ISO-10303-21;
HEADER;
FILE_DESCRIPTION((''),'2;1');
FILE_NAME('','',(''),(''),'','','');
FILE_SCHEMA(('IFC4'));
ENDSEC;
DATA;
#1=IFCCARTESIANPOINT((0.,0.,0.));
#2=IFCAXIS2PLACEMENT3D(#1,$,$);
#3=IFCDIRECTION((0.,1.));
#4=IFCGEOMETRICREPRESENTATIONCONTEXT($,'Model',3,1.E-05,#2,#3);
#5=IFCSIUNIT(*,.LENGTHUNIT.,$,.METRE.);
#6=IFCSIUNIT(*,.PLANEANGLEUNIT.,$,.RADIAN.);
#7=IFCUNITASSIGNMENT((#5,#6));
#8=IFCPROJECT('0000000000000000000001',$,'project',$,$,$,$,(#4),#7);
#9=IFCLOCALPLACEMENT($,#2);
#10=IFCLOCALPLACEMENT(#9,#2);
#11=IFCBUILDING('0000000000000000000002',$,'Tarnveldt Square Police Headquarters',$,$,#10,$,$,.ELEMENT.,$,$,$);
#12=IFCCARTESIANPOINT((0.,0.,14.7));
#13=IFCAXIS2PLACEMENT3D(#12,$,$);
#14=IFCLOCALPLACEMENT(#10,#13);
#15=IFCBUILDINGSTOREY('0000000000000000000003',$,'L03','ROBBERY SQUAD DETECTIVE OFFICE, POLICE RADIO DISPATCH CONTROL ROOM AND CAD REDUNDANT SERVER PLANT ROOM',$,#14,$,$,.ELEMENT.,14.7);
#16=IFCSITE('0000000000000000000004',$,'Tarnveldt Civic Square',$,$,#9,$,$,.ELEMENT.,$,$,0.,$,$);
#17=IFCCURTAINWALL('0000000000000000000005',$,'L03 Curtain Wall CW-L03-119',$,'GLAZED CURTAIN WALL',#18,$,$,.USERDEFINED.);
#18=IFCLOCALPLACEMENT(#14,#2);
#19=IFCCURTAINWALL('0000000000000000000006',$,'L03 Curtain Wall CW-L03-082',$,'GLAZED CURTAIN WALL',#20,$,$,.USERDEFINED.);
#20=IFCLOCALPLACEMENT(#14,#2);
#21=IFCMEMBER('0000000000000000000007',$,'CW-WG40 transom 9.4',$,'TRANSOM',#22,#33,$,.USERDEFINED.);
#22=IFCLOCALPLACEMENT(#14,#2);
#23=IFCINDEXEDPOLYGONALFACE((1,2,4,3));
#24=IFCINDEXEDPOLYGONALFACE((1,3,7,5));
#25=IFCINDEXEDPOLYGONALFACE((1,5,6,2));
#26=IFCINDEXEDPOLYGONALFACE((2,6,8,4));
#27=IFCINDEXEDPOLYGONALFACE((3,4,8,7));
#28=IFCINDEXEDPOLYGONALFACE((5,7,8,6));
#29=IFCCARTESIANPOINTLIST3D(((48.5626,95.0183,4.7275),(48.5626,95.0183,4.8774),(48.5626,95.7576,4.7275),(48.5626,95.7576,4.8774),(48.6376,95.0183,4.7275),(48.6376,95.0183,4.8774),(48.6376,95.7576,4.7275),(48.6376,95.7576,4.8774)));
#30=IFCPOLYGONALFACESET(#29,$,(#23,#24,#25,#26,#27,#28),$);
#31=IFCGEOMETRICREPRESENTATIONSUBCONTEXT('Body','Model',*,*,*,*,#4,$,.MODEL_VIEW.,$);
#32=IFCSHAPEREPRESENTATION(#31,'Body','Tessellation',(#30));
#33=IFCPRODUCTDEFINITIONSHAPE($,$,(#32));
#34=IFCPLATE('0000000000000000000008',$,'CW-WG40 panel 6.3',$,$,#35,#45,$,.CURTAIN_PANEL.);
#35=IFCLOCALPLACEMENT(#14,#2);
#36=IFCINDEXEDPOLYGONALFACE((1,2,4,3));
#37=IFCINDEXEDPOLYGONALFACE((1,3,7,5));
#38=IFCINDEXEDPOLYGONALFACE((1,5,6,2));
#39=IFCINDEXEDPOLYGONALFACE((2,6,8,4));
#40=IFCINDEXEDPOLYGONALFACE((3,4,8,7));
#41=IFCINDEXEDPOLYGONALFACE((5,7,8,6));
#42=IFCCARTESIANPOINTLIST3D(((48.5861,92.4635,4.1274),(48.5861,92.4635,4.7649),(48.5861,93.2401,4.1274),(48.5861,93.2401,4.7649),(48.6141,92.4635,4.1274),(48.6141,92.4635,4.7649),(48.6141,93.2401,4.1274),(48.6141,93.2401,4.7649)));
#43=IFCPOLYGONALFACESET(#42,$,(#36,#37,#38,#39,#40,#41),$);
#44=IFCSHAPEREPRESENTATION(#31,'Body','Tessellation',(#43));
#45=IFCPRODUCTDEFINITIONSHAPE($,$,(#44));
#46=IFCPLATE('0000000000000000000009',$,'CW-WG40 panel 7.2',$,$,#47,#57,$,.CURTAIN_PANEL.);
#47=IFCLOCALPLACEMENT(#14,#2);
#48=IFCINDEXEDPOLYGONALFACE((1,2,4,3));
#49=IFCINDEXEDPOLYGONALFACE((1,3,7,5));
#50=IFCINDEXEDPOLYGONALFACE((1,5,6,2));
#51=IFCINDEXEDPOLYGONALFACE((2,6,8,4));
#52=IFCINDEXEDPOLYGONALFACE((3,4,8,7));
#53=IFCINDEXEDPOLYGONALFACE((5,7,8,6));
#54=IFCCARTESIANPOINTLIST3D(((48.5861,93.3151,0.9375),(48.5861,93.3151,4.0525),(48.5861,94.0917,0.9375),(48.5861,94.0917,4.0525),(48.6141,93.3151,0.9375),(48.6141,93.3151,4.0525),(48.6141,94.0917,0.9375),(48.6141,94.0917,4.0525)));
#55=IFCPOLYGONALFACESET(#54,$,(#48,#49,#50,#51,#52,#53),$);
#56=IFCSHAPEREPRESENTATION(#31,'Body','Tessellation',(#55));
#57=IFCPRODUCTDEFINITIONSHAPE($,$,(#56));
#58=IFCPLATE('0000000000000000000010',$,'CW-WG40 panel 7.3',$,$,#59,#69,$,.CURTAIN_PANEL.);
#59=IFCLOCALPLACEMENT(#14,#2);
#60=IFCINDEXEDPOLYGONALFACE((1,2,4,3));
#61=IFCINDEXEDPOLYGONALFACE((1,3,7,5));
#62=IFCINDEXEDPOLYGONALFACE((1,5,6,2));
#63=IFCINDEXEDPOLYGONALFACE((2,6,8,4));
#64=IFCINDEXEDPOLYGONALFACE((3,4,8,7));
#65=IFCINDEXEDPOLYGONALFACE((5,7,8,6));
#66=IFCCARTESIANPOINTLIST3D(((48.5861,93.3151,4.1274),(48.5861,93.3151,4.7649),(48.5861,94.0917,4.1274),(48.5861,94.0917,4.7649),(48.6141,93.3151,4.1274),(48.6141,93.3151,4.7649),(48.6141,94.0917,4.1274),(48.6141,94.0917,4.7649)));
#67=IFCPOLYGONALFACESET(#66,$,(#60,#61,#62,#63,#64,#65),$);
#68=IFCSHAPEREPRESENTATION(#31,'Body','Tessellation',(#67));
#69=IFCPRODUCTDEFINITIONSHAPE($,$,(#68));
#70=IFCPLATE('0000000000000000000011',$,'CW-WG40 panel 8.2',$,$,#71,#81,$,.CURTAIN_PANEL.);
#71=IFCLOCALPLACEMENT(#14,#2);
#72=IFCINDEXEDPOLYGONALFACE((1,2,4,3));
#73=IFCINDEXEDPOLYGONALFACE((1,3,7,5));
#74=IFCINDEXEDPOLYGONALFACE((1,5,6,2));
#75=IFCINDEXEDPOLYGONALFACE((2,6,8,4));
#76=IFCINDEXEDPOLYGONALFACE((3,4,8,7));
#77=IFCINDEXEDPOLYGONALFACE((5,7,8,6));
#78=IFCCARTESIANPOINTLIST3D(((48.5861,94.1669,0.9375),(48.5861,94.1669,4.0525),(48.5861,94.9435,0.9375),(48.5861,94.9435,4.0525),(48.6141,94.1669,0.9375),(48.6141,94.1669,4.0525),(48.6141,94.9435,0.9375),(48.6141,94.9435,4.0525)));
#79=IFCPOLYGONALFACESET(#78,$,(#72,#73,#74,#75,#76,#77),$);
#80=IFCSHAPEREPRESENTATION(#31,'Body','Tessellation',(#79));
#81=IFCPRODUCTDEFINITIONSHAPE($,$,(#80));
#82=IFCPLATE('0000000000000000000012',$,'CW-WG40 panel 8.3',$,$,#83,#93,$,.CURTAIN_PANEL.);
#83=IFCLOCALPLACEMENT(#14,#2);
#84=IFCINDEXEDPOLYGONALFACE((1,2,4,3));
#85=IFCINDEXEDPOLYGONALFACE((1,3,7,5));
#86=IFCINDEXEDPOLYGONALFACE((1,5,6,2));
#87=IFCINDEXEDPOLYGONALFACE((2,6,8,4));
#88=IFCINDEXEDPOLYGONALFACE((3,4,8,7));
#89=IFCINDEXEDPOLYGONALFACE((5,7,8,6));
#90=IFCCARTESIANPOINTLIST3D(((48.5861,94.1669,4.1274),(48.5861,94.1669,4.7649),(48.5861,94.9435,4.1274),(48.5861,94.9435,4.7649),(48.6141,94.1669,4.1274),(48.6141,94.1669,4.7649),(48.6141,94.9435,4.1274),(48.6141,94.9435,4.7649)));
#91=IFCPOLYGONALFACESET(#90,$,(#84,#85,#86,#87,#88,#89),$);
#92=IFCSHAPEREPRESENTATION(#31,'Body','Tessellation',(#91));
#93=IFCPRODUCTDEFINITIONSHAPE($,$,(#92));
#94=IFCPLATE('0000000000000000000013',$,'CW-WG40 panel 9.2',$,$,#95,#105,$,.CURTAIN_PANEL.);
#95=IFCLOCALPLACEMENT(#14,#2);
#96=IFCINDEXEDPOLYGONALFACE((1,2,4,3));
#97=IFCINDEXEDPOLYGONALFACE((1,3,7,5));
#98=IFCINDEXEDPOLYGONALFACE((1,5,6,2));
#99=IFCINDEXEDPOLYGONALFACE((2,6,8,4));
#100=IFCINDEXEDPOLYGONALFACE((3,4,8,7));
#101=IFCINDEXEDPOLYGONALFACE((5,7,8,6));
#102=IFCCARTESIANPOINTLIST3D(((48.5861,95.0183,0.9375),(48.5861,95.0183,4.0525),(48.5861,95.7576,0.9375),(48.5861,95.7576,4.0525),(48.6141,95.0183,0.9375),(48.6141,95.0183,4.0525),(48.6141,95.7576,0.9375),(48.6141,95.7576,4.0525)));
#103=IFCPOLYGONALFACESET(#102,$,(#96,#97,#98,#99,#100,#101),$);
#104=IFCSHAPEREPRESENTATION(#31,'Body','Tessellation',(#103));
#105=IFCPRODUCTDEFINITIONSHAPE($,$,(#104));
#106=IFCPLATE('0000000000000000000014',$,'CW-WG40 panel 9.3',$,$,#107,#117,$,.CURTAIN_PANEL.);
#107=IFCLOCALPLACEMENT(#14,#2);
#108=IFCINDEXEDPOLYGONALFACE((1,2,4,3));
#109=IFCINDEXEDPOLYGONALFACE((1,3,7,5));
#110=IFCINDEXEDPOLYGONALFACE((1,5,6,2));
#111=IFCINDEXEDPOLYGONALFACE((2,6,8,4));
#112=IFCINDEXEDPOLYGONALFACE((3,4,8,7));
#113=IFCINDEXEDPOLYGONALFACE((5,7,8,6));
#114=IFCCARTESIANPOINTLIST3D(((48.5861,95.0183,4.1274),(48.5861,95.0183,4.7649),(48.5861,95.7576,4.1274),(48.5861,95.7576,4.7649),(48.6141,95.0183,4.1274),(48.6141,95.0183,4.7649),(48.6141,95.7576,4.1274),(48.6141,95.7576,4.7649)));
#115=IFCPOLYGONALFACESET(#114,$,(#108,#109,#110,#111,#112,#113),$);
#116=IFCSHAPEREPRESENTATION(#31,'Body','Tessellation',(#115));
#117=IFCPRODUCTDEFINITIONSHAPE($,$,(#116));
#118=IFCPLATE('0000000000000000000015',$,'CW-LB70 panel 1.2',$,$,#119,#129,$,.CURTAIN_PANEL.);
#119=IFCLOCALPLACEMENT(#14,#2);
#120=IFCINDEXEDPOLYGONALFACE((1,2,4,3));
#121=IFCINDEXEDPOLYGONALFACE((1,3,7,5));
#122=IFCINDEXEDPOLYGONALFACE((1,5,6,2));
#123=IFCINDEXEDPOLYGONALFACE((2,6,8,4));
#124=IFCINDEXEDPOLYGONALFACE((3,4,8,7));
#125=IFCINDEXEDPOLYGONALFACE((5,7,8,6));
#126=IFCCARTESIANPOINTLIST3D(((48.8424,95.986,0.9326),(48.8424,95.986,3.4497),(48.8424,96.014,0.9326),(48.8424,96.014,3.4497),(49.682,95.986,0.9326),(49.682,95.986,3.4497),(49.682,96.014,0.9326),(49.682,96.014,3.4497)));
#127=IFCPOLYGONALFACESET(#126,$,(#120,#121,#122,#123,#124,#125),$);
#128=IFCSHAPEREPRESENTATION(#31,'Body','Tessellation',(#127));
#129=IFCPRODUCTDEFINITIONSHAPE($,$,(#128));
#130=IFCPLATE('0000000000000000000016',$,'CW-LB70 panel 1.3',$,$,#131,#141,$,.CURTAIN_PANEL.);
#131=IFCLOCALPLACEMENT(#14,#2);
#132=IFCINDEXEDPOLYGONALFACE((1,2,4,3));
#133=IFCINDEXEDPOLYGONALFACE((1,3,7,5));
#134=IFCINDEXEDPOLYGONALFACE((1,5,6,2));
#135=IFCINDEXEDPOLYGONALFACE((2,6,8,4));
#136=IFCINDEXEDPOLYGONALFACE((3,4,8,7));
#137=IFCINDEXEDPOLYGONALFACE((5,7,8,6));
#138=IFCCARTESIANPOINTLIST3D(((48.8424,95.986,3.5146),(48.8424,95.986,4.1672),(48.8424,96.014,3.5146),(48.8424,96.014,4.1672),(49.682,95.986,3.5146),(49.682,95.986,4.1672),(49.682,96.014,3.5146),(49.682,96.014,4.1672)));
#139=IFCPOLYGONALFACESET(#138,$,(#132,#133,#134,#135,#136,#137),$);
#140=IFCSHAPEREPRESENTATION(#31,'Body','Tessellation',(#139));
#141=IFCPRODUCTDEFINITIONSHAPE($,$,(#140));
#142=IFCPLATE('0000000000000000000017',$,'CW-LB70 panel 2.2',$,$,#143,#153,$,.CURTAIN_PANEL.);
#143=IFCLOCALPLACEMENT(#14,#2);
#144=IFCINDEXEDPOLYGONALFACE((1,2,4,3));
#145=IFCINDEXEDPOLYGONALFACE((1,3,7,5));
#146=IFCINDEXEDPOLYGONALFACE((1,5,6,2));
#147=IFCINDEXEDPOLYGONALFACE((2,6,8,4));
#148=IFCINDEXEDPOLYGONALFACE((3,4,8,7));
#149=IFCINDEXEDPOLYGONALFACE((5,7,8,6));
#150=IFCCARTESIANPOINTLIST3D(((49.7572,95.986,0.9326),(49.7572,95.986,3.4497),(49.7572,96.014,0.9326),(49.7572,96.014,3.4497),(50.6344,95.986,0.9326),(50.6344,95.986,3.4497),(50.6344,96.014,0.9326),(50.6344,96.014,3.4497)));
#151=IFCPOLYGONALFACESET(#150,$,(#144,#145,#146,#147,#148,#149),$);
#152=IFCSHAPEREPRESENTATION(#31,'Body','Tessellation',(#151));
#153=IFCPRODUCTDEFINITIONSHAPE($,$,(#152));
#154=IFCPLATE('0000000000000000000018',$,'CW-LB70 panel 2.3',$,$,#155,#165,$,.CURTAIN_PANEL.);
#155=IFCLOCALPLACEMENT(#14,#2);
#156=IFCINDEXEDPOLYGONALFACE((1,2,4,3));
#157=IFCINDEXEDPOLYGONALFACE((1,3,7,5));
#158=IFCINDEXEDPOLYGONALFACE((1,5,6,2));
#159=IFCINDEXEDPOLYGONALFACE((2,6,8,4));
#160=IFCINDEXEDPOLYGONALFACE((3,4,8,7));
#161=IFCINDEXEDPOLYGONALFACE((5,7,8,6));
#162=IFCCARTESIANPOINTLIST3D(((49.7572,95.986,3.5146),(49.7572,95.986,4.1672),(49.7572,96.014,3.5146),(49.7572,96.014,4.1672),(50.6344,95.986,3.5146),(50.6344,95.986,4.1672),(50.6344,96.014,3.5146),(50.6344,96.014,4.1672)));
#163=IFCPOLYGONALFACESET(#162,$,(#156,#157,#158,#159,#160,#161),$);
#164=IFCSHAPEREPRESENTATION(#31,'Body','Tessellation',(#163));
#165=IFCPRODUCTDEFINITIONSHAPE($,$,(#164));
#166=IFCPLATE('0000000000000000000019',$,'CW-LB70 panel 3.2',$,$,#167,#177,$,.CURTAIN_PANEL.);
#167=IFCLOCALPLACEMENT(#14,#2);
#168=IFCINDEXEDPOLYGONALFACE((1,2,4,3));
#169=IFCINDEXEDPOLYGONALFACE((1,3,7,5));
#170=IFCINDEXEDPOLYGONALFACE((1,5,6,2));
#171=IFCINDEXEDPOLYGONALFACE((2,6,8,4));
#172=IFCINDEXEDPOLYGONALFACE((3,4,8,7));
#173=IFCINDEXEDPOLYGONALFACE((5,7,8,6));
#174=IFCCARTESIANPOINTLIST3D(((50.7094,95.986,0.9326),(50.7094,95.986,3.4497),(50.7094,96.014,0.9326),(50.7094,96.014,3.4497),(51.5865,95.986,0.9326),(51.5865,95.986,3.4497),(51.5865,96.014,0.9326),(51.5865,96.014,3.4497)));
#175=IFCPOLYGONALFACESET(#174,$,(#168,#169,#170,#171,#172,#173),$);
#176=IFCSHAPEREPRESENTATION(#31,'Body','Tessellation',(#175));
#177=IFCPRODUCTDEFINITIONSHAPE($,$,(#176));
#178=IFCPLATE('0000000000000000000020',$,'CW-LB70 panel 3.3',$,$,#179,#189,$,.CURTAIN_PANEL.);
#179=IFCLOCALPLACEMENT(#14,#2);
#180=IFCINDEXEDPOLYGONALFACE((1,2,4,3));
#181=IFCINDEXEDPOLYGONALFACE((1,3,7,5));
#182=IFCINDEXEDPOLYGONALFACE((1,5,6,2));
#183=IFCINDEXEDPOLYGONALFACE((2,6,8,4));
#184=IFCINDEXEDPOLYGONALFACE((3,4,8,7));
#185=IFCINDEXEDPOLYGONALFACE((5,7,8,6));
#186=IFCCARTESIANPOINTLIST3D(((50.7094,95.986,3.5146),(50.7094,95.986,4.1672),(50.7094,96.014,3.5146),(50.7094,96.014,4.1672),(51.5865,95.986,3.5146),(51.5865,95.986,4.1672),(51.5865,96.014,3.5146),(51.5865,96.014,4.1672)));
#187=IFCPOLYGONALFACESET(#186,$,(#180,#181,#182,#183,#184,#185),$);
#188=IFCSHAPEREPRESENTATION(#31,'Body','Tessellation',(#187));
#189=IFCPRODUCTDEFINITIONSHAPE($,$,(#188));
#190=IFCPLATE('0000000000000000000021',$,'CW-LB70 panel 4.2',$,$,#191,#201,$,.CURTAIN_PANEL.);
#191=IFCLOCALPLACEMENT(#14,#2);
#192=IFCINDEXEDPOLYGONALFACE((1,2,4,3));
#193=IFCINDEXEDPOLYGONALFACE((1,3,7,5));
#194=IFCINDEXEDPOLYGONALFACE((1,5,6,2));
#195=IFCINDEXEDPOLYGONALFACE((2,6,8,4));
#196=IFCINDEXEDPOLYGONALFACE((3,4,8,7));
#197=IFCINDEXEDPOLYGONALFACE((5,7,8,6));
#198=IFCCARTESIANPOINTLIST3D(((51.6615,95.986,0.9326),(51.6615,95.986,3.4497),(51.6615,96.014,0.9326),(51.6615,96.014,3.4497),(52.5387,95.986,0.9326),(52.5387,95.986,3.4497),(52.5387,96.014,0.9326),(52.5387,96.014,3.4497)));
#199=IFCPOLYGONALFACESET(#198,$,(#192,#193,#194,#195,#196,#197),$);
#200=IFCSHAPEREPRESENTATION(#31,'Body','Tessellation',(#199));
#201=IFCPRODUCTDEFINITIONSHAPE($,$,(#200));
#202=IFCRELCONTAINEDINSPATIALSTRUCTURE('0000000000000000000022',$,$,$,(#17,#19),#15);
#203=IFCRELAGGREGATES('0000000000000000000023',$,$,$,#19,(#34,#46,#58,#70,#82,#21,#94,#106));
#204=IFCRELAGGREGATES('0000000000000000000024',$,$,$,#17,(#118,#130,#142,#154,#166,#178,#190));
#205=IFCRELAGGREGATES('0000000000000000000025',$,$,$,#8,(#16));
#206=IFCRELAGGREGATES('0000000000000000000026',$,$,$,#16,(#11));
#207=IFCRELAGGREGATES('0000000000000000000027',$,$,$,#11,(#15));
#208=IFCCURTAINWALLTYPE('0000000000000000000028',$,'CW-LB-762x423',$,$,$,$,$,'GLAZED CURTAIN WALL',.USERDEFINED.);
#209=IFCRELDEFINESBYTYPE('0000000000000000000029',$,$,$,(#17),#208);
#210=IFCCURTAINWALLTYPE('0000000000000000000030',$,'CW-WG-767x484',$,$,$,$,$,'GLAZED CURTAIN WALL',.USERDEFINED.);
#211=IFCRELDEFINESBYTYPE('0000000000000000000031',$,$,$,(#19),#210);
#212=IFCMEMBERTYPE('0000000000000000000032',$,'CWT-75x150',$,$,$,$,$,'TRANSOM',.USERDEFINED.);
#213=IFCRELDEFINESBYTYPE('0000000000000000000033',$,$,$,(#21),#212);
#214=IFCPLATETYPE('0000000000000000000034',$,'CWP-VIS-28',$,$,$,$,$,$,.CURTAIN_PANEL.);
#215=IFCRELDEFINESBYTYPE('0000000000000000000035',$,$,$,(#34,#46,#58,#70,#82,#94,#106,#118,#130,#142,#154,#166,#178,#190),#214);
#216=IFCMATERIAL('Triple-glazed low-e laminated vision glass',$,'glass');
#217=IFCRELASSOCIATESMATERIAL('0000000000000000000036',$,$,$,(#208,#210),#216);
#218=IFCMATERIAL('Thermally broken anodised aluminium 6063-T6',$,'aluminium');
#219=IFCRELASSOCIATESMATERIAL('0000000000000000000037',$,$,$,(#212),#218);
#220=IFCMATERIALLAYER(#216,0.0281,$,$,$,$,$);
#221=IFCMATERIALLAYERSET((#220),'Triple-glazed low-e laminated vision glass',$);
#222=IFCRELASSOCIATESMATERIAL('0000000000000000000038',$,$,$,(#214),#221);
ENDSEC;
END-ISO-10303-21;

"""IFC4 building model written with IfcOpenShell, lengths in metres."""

from ifc_helpers import new_model, si_unit, direction, frame, origin, origin_2d, place, context, subcontext, project, spatial, rectangle, extrude, material, layer, layer_set, material_profile, profile_set, type_object, element, aggregate, save


model = new_model("IFC4")

# Units and contexts
model_context = context("Model", 3, precision=1e-05, world=origin(), true_north=direction((0.0, 1.0)))
body_context = subcontext(model_context, "Body", "Model", "MODEL_VIEW")
ifc_project = project(units=[si_unit("LENGTHUNIT", "METRE"), si_unit("PLANEANGLEUNIT", "RADIAN")], contexts=[model_context])

# Site, building, storey
site_placement = place(None, origin())
site = spatial("IfcSite", under=ifc_project, at=site_placement, Name="Tarnveldt Civic Square", CompositionType="ELEMENT", RefElevation=0.0)
building_placement = place(site_placement, origin())
building = spatial("IfcBuilding", under=site, at=building_placement, Name="Tarnveldt Square Police Headquarters", CompositionType="ELEMENT")
storey_placement = place(building_placement, frame((0.0, 0.0, 14.7)))
storey = spatial("IfcBuildingStorey", under=building, at=storey_placement, Name="L03", Description="ROBBERY SQUAD DETECTIVE OFFICE, POLICE RADIO DISPATCH CONTROL ROOM AND CAD REDUNDANT SERVER PLANT ROOM", CompositionType="ELEMENT", Elevation=14.7)

# Curtain wall
ifc_material_1 = material(Name="Triple-glazed low-e laminated vision glass", Category="glass")
curtain_wall_type_1 = type_object("IfcCurtainWallType", Name="CW-LB-762x423", ElementType="GLAZED CURTAIN WALL", PredefinedType="USERDEFINED", material=ifc_material_1)
curtain_wall_1_placement = place(storey_placement, origin())
curtain_wall_1 = element("IfcCurtainWall", 1, at=curtain_wall_1_placement, inside=storey, type_object=curtain_wall_type_1, Name="L03 Curtain Wall CW-L03-119", ObjectType="GLAZED CURTAIN WALL", PredefinedType="USERDEFINED")
ifc_material_2 = material(Name="Thermally broken anodised aluminium 6063-T6", Category="aluminium")

# Curtain wall, member, plates
curtain_wall_type_2 = type_object("IfcCurtainWallType", Name="CW-WG-767x484", ElementType="GLAZED CURTAIN WALL", PredefinedType="USERDEFINED", material=ifc_material_1)
curtain_wall_2_placement = place(storey_placement, origin())
curtain_wall_2 = element("IfcCurtainWall", 2, at=curtain_wall_2_placement, inside=storey, type_object=curtain_wall_type_2, Name="L03 Curtain Wall CW-L03-082", ObjectType="GLAZED CURTAIN WALL", PredefinedType="USERDEFINED")
ifc_material_profile_1 = material_profile(ifc_material_2, rectangle(XDim=0.075, YDim=0.1499, at=origin_2d()), Name="CW-T75x150")
ifc_profile_set_1 = profile_set([ifc_material_profile_1], Name="Thermally broken anodised aluminium 6063-T6")
member_type_1 = type_object("IfcMemberType", Name="CWT-75x150", ElementType="TRANSOM", PredefinedType="USERDEFINED", material=ifc_profile_set_1)
member_1_placement = place(storey_placement, frame((48.6001, 95.0183, 4.8025), z_axis=(0.0, 1.0, 0.0), x_axis=(-1.0, 0.0, 0.0)))
member_1 = element("IfcMember", 3, at=member_1_placement, type_object=member_type_1, Name="CW-WG40 transom 9.4", ObjectType="TRANSOM", PredefinedType="USERDEFINED", context=body_context, shape_type="SweptSolid", body=[
    extrude(rectangle(XDim=0.075, YDim=0.1499, at=origin_2d()), origin(), (0.0, 0.0, 1.0), 0.7393),
])
ifc_layer = layer(ifc_material_1, 0.0281)
ifc_layer_set = layer_set([ifc_layer], Name="Triple-glazed low-e laminated vision glass")
plate_type = type_object("IfcPlateType", Name="CWP-VIS-28", PredefinedType="CURTAIN_PANEL", material=ifc_layer_set)
plate_1_placement = place(storey_placement, frame((48.6001, 92.8518, 4.1274), z_axis=(0.0, 0.0, 1.0), x_axis=(0.0, 1.0, 0.0)))
plate_1 = element("IfcPlate", 4, at=plate_1_placement, type_object=plate_type, Name="CW-WG40 panel 6.3", PredefinedType="CURTAIN_PANEL", context=body_context, shape_type="SweptSolid", body=[
    extrude(rectangle(XDim=0.7766, YDim=0.0281, at=origin_2d()), origin(), (0.0, 0.0, 1.0), 0.6375),
])
plate_2_placement = place(storey_placement, frame((48.6001, 93.7034, 0.9375), z_axis=(0.0, 0.0, 1.0), x_axis=(0.0, 1.0, 0.0)))
plate_2 = element("IfcPlate", 5, at=plate_2_placement, type_object=plate_type, Name="CW-WG40 panel 7.2", PredefinedType="CURTAIN_PANEL", context=body_context, shape_type="SweptSolid", body=[
    extrude(rectangle(XDim=0.7766, YDim=0.0281, at=origin_2d()), origin(), (0.0, 0.0, 1.0), 3.115),
])
plate_3_placement = place(storey_placement, frame((48.6001, 93.7034, 4.1274), z_axis=(0.0, 0.0, 1.0), x_axis=(0.0, 1.0, 0.0)))
plate_3 = element("IfcPlate", 6, at=plate_3_placement, type_object=plate_type, Name="CW-WG40 panel 7.3", PredefinedType="CURTAIN_PANEL", context=body_context, shape_type="SweptSolid", body=[
    extrude(rectangle(XDim=0.7766, YDim=0.0281, at=origin_2d()), origin(), (0.0, 0.0, 1.0), 0.6375),
])
plate_4_placement = place(storey_placement, frame((48.6001, 94.5552, 0.9375), z_axis=(0.0, 0.0, 1.0), x_axis=(0.0, 1.0, 0.0)))
plate_4 = element("IfcPlate", 7, at=plate_4_placement, type_object=plate_type, Name="CW-WG40 panel 8.2", PredefinedType="CURTAIN_PANEL", context=body_context, shape_type="SweptSolid", body=[
    extrude(rectangle(XDim=0.7766, YDim=0.0281, at=origin_2d()), origin(), (0.0, 0.0, 1.0), 3.115),
])
plate_5_placement = place(storey_placement, frame((48.6001, 94.5552, 4.1274), z_axis=(0.0, 0.0, 1.0), x_axis=(0.0, 1.0, 0.0)))
plate_5 = element("IfcPlate", 8, at=plate_5_placement, type_object=plate_type, Name="CW-WG40 panel 8.3", PredefinedType="CURTAIN_PANEL", context=body_context, shape_type="SweptSolid", body=[
    extrude(rectangle(XDim=0.7766, YDim=0.0281, at=origin_2d()), origin(), (0.0, 0.0, 1.0), 0.6375),
])
plate_6_placement = place(storey_placement, frame((48.6001, 95.3879, 0.9375), z_axis=(0.0, 0.0, 1.0), x_axis=(0.0, 1.0, 0.0)))
plate_6 = element("IfcPlate", 9, at=plate_6_placement, type_object=plate_type, Name="CW-WG40 panel 9.2", PredefinedType="CURTAIN_PANEL", context=body_context, shape_type="SweptSolid", body=[
    extrude(rectangle(XDim=0.7393, YDim=0.0281, at=origin_2d()), origin(), (0.0, 0.0, 1.0), 3.115),
])
plate_7_placement = place(storey_placement, frame((48.6001, 95.3879, 4.1274), z_axis=(0.0, 0.0, 1.0), x_axis=(0.0, 1.0, 0.0)))
plate_7 = element("IfcPlate", 10, at=plate_7_placement, type_object=plate_type, Name="CW-WG40 panel 9.3", PredefinedType="CURTAIN_PANEL", context=body_context, shape_type="SweptSolid", body=[
    extrude(rectangle(XDim=0.7393, YDim=0.0281, at=origin_2d()), origin(), (0.0, 0.0, 1.0), 0.6375),
])
aggregate(curtain_wall_2, [plate_1, plate_2, plate_3, plate_4, plate_5, member_1, plate_6, plate_7])

# Plates
plate_8_placement = place(storey_placement, frame((49.2622, 96.0, 0.9326), z_axis=(0.0, 0.0, 1.0), x_axis=(1.0, 0.0, 0.0)))
plate_8 = element("IfcPlate", 11, at=plate_8_placement, type_object=plate_type, Name="CW-LB70 panel 1.2", PredefinedType="CURTAIN_PANEL", context=body_context, shape_type="SweptSolid", body=[
    extrude(rectangle(XDim=0.8396, YDim=0.0281, at=origin_2d()), origin(), (0.0, 0.0, 1.0), 2.5171),
])
plate_9_placement = place(storey_placement, frame((49.2622, 96.0, 3.5146), z_axis=(0.0, 0.0, 1.0), x_axis=(1.0, 0.0, 0.0)))
plate_9 = element("IfcPlate", 12, at=plate_9_placement, type_object=plate_type, Name="CW-LB70 panel 1.3", PredefinedType="CURTAIN_PANEL", context=body_context, shape_type="SweptSolid", body=[
    extrude(rectangle(XDim=0.8396, YDim=0.0281, at=origin_2d()), origin(), (0.0, 0.0, 1.0), 0.6526),
])
plate_10_placement = place(storey_placement, frame((50.1958, 96.0, 0.9326), z_axis=(0.0, 0.0, 1.0), x_axis=(1.0, 0.0, 0.0)))
plate_10 = element("IfcPlate", 13, at=plate_10_placement, type_object=plate_type, Name="CW-LB70 panel 2.2", PredefinedType="CURTAIN_PANEL", context=body_context, shape_type="SweptSolid", body=[
    extrude(rectangle(XDim=0.8772, YDim=0.0281, at=origin_2d()), origin(), (0.0, 0.0, 1.0), 2.5171),
])
plate_11_placement = place(storey_placement, frame((50.1958, 96.0, 3.5146), z_axis=(0.0, 0.0, 1.0), x_axis=(1.0, 0.0, 0.0)))
plate_11 = element("IfcPlate", 14, at=plate_11_placement, type_object=plate_type, Name="CW-LB70 panel 2.3", PredefinedType="CURTAIN_PANEL", context=body_context, shape_type="SweptSolid", body=[
    extrude(rectangle(XDim=0.8772, YDim=0.0281, at=origin_2d()), origin(), (0.0, 0.0, 1.0), 0.6526),
])
plate_12_placement = place(storey_placement, frame((51.1479, 96.0, 0.9326), z_axis=(0.0, 0.0, 1.0), x_axis=(1.0, 0.0, 0.0)))
plate_12 = element("IfcPlate", 15, at=plate_12_placement, type_object=plate_type, Name="CW-LB70 panel 3.2", PredefinedType="CURTAIN_PANEL", context=body_context, shape_type="SweptSolid", body=[
    extrude(rectangle(XDim=0.8772, YDim=0.0281, at=origin_2d()), origin(), (0.0, 0.0, 1.0), 2.5171),
])
plate_13_placement = place(storey_placement, frame((51.1479, 96.0, 3.5146), z_axis=(0.0, 0.0, 1.0), x_axis=(1.0, 0.0, 0.0)))
plate_13 = element("IfcPlate", 16, at=plate_13_placement, type_object=plate_type, Name="CW-LB70 panel 3.3", PredefinedType="CURTAIN_PANEL", context=body_context, shape_type="SweptSolid", body=[
    extrude(rectangle(XDim=0.8772, YDim=0.0281, at=origin_2d()), origin(), (0.0, 0.0, 1.0), 0.6526),
])
plate_14_placement = place(storey_placement, frame((52.1001, 96.0, 0.9326), z_axis=(0.0, 0.0, 1.0), x_axis=(1.0, 0.0, 0.0)))
plate_14 = element("IfcPlate", 17, at=plate_14_placement, type_object=plate_type, Name="CW-LB70 panel 4.2", PredefinedType="CURTAIN_PANEL", context=body_context, shape_type="SweptSolid", body=[
    extrude(rectangle(XDim=0.8772, YDim=0.0281, at=origin_2d()), origin(), (0.0, 0.0, 1.0), 2.5171),
])
aggregate(curtain_wall_1, [plate_8, plate_9, plate_10, plate_11, plate_12, plate_13, plate_14])

save(model, "model.ifc")
